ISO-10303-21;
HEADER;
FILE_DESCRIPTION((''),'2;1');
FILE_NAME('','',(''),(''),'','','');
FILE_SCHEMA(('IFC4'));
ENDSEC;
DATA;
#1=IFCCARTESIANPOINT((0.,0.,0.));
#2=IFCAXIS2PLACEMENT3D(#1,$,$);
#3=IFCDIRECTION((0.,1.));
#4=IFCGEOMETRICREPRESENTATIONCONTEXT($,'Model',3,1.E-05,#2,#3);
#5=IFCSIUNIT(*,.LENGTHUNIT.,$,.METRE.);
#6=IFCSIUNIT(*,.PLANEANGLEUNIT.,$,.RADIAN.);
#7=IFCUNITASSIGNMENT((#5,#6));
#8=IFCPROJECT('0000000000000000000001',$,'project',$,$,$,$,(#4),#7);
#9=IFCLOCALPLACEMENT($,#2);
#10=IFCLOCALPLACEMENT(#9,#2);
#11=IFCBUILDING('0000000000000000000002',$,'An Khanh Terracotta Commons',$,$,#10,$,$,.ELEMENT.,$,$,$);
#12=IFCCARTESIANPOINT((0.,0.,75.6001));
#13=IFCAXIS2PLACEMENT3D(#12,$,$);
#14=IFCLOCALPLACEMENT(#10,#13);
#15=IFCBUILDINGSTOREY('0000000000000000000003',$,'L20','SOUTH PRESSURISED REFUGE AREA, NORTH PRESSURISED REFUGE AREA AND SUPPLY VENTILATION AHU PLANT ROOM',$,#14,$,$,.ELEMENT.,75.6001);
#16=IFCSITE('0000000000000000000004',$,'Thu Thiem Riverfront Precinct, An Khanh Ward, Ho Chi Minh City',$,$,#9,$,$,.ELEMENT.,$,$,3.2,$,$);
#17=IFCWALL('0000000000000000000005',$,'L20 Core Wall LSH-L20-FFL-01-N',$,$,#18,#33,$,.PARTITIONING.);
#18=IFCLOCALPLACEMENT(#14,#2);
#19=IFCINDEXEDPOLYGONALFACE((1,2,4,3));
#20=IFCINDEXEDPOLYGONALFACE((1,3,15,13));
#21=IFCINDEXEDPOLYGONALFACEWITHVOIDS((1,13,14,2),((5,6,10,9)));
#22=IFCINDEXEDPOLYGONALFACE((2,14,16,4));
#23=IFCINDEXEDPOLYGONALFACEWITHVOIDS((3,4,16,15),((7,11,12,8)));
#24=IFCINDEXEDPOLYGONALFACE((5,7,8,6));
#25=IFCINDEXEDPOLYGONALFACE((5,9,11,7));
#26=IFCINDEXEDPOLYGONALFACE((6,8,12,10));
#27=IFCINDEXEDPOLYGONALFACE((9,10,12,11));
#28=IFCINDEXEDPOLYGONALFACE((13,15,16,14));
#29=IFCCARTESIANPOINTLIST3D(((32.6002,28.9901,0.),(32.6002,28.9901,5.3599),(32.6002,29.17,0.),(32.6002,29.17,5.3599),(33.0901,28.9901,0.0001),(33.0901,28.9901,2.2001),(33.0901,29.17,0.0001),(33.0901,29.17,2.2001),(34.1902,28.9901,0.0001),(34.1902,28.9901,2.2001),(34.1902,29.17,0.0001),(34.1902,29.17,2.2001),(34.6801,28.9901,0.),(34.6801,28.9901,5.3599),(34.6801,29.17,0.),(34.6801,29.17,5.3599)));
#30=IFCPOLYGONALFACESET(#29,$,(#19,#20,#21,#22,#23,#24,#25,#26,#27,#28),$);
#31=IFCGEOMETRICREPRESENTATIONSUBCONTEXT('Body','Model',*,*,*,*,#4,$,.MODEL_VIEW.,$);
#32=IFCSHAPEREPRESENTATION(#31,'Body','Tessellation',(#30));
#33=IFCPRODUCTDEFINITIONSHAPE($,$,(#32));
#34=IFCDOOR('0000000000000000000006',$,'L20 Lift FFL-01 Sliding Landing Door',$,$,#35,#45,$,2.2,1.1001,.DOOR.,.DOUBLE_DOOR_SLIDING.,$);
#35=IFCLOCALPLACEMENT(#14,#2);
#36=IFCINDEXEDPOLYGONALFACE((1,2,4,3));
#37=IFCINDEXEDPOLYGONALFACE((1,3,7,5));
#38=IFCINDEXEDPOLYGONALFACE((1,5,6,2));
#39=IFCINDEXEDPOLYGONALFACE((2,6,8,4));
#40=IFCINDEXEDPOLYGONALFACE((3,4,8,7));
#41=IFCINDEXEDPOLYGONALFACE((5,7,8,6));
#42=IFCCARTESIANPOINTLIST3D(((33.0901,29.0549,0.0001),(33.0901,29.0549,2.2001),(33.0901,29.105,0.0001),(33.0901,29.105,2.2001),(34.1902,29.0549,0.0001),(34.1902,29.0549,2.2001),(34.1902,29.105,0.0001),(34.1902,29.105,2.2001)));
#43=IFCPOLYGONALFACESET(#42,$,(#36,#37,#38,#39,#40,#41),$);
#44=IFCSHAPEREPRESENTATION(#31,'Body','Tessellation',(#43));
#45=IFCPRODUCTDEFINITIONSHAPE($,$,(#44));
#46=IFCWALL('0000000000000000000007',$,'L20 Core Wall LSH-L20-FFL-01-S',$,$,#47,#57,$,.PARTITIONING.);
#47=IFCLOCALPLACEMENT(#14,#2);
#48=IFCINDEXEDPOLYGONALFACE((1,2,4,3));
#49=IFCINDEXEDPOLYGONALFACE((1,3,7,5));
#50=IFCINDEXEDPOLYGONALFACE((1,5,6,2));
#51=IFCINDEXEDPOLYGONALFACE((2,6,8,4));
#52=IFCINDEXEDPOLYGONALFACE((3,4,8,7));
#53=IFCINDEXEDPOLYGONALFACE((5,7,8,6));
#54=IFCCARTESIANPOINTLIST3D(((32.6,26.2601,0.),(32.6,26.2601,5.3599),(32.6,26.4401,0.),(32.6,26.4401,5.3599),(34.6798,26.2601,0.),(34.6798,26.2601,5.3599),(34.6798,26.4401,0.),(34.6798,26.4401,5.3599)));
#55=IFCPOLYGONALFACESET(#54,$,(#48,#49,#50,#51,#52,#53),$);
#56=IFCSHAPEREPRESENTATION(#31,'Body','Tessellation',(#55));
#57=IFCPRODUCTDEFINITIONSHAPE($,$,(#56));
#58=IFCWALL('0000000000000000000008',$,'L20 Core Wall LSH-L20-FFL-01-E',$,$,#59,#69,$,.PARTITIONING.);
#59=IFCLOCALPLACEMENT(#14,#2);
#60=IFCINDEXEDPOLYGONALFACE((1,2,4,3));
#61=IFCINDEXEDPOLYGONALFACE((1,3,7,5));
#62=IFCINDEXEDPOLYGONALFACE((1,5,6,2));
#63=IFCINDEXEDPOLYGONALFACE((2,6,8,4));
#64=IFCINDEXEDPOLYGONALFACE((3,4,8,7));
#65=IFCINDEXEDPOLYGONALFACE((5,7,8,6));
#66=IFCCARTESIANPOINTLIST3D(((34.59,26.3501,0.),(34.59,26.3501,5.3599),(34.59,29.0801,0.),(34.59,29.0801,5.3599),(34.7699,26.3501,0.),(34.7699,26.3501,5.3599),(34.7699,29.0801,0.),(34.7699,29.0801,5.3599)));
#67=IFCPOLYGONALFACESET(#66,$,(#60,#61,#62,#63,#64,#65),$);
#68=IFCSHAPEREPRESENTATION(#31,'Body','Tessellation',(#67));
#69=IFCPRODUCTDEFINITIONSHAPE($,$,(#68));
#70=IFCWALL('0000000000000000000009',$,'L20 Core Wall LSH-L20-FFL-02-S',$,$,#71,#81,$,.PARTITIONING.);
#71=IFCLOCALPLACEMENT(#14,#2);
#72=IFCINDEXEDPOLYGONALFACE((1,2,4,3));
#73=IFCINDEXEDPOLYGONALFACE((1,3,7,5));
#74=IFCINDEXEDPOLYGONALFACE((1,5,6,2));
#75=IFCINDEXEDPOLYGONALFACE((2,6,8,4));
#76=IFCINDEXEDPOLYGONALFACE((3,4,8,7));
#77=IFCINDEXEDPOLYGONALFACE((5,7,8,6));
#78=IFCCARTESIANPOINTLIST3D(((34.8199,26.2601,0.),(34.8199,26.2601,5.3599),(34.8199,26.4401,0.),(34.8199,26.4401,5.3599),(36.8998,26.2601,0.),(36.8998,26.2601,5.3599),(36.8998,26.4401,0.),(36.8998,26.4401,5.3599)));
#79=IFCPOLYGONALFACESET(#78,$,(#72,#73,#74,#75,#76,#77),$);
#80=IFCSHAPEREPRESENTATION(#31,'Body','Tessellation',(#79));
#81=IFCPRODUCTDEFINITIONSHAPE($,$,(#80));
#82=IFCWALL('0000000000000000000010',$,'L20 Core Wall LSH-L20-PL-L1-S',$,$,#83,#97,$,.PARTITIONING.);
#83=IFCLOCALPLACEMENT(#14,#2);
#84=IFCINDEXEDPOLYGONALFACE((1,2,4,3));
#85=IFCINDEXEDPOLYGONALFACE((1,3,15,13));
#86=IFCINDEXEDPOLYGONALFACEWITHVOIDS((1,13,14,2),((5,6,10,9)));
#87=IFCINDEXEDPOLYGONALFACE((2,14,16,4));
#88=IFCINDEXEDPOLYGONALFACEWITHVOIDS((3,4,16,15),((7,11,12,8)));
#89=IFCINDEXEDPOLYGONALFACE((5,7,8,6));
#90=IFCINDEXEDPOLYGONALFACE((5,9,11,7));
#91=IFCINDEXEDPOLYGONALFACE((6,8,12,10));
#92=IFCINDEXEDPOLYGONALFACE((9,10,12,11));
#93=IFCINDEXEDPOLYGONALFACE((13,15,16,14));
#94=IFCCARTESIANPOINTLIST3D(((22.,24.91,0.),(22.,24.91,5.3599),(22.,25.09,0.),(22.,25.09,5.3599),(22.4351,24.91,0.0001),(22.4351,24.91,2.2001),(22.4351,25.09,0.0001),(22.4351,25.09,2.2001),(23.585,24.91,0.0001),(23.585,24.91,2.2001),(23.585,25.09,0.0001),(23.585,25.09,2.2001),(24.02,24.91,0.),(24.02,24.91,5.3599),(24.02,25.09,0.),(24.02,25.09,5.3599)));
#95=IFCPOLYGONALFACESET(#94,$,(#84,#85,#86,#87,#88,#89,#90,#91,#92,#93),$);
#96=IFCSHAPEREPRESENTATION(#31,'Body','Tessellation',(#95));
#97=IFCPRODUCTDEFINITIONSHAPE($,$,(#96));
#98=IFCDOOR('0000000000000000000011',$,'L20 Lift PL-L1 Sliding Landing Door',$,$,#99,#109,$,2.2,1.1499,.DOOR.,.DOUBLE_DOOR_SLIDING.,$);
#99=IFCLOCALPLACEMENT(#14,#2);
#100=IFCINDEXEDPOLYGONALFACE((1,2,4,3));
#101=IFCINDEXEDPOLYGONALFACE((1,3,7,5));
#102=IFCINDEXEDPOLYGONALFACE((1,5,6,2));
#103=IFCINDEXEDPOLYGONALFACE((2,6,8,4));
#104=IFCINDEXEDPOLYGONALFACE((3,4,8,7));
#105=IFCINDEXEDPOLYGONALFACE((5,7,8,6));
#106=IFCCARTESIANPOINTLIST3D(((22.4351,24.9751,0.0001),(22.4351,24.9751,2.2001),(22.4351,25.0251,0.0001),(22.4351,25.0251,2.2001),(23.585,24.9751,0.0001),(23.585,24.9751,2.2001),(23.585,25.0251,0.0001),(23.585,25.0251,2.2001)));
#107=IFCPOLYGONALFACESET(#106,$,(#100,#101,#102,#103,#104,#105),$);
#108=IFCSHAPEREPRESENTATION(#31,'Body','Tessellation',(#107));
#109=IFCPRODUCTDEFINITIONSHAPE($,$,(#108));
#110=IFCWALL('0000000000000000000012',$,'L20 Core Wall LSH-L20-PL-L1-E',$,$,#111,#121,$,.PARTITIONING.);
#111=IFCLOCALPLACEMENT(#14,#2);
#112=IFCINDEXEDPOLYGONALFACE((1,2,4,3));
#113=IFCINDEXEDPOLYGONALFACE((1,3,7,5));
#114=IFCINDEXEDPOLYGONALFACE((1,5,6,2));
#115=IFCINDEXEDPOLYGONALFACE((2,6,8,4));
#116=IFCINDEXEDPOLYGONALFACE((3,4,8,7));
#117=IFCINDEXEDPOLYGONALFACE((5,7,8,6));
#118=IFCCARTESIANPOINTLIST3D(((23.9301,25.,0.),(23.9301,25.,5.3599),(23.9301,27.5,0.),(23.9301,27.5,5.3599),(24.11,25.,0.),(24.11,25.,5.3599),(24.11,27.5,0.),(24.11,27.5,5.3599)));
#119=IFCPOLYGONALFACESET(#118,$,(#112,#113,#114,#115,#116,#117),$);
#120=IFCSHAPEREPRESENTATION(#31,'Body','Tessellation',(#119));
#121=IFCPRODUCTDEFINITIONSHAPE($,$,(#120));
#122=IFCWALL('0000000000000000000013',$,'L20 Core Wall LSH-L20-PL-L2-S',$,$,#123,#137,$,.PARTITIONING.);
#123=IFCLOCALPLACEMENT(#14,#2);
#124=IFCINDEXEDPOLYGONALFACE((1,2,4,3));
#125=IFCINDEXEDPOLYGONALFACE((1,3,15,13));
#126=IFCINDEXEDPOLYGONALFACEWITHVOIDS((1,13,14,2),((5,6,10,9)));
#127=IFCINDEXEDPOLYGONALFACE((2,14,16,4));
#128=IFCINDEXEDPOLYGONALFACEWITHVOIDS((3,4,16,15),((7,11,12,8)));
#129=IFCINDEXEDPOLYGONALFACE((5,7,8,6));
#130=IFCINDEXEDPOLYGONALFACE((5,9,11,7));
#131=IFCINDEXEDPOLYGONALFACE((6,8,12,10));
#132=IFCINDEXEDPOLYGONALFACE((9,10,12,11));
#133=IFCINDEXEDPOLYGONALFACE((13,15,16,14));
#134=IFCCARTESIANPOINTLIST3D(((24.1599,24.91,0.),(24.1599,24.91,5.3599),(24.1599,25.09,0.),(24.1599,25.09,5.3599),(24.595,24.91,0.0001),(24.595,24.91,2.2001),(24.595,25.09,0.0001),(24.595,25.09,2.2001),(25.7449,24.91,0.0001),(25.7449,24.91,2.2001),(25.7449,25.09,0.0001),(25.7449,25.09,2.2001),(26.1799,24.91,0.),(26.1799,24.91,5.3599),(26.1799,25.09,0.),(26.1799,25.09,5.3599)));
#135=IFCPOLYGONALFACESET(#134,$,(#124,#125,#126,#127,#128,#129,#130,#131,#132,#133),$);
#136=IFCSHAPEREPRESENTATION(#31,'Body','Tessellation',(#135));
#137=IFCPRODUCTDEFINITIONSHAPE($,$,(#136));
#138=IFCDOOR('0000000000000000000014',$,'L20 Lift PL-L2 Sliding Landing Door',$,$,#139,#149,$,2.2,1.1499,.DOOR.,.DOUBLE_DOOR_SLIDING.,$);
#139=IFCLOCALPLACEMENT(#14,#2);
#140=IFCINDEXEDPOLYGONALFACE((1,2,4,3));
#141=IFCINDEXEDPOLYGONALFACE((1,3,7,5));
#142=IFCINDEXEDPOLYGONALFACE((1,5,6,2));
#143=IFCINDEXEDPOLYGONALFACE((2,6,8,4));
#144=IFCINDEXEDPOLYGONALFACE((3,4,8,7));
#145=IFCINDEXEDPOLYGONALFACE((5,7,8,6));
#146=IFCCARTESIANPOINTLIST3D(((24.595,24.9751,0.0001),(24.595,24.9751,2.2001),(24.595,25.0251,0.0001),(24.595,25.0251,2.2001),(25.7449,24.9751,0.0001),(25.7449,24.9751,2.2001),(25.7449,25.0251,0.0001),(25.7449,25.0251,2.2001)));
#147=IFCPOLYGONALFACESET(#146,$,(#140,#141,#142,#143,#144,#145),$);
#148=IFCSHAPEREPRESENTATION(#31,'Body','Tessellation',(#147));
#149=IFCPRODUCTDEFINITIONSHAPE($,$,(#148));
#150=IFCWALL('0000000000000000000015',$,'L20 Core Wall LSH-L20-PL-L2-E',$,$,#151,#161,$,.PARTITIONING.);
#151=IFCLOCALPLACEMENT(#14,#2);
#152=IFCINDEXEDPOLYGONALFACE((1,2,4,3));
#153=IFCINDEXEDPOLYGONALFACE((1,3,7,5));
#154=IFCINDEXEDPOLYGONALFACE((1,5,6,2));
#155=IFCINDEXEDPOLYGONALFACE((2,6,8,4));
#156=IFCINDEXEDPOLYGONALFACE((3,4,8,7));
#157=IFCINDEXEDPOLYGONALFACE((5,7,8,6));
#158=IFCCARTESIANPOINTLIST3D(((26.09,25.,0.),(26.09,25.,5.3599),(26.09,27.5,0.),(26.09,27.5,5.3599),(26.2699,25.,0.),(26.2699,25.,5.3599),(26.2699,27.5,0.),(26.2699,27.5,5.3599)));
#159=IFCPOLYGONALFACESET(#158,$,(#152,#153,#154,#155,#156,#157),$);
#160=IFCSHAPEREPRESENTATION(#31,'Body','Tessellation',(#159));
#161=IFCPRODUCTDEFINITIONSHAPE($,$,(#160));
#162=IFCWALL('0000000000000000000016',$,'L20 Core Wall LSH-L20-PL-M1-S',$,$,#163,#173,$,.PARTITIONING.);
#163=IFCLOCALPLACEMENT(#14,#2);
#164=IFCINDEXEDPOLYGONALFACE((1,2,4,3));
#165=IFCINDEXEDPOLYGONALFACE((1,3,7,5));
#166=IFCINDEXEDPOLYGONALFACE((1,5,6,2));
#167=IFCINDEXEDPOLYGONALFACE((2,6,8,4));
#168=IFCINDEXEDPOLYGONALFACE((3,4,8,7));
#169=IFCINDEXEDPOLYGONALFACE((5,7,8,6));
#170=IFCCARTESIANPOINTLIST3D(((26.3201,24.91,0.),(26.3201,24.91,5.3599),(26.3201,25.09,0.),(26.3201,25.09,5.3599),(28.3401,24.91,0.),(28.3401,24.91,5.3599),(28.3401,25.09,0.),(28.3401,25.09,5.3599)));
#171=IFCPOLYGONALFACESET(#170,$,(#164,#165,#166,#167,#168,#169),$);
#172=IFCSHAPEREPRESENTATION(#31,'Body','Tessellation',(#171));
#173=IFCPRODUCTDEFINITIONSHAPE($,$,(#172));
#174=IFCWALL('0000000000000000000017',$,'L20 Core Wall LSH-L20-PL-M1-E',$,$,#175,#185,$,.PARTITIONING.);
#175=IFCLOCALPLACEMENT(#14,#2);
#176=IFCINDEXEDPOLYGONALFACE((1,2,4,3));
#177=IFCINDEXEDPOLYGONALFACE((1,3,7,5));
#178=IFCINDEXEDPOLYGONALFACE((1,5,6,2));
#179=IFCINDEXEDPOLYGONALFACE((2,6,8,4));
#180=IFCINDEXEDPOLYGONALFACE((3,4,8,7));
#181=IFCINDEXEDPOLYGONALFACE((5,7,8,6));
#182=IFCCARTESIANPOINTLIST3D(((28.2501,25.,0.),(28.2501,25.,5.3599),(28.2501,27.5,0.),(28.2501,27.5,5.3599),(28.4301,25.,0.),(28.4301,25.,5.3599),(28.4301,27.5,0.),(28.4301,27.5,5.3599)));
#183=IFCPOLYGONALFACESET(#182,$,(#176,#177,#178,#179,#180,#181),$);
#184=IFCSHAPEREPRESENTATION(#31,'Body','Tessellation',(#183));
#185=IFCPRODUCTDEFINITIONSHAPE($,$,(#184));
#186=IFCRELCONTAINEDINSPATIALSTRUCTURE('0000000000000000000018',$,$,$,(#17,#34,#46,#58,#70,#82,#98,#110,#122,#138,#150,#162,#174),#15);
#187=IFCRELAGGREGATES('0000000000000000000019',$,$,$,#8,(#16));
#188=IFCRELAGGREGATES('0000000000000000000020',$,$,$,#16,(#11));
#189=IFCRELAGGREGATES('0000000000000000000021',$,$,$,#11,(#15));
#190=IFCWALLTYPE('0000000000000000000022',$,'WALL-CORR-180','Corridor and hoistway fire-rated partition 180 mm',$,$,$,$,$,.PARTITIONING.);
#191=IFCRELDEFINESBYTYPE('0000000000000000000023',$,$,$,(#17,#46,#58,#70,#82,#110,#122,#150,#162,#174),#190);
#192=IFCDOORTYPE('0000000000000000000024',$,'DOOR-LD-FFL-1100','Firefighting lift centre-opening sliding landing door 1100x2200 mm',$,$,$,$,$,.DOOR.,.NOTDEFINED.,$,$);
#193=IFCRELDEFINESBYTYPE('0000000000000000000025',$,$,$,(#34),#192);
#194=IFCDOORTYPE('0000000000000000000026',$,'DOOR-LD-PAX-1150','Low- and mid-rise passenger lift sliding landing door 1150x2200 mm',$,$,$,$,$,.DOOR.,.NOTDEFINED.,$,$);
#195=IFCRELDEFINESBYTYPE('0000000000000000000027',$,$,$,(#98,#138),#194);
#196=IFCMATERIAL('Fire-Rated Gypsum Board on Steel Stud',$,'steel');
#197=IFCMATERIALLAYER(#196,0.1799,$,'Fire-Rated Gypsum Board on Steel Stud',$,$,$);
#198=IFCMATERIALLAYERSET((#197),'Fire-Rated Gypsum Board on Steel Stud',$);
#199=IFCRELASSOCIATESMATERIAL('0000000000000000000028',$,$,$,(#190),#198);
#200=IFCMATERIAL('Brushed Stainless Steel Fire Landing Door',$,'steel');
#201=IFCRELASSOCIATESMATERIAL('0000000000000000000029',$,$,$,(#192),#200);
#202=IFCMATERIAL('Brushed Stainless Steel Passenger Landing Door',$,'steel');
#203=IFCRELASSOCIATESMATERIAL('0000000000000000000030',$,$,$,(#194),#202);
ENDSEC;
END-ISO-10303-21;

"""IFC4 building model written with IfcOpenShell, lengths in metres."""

from ifc_helpers import new_model, si_unit, direction, frame, frame_2d, origin, place, context, subcontext, project, spatial, rectangle, extrude, material, layer, layer_set, type_object, element, fill, save


model = new_model("IFC4")

# Units and contexts
model_context = context("Model", 3, precision=1e-05, world=origin(), true_north=direction((0.0, 1.0)))
body_context = subcontext(model_context, "Body", "Model", "MODEL_VIEW")
ifc_project = project(units=[si_unit("LENGTHUNIT", "METRE"), si_unit("PLANEANGLEUNIT", "RADIAN")], contexts=[model_context])

# Site, building, storey
site_placement = place(None, origin())
site = spatial("IfcSite", under=ifc_project, at=site_placement, Name="Thu Thiem Riverfront Precinct, An Khanh Ward, Ho Chi Minh City", CompositionType="ELEMENT", RefElevation=3.2)
building_placement = place(site_placement, origin())
building = spatial("IfcBuilding", under=site, at=building_placement, Name="An Khanh Terracotta Commons", CompositionType="ELEMENT")
storey_placement = place(building_placement, frame((0.0, 0.0, 75.6001)))
storey = spatial("IfcBuildingStorey", under=building, at=storey_placement, Name="L20", Description="SOUTH PRESSURISED REFUGE AREA, NORTH PRESSURISED REFUGE AREA AND SUPPLY VENTILATION AHU PLANT ROOM", CompositionType="ELEMENT", Elevation=75.6001)

# Wall, opening, door
ifc_material_1 = material(Name="Fire-Rated Gypsum Board on Steel Stud", Category="steel")
ifc_layer_1 = layer(ifc_material_1, 0.1799, Name="Fire-Rated Gypsum Board on Steel Stud")
ifc_layer_set_1 = layer_set([ifc_layer_1], Name="Fire-Rated Gypsum Board on Steel Stud")
wall_type_1 = type_object("IfcWallType", Name="WALL-CORR-180", Description="Corridor and hoistway fire-rated partition 180 mm", PredefinedType="PARTITIONING", material=ifc_layer_set_1)
wall_1_placement = place(storey_placement, frame((32.6001, 29.0801, 0.0), z_axis=(0.0, 0.0, 1.0), x_axis=(1.0, 0.0, 0.0)))
wall_1 = element("IfcWall", 1, at=wall_1_placement, inside=storey, type_object=wall_type_1, Name="L20 Core Wall LSH-L20-FFL-01-N", PredefinedType="PARTITIONING", context=body_context, shape_type="SweptSolid", body=[
    extrude(rectangle(XDim=2.0798, YDim=0.1799, at=frame_2d((1.04, 0.0))), origin(), (0.0, 0.0, 1.0), 5.3599),
])
opening_1_placement = place(wall_1_placement, frame((0.49, 0.0, 0.0)))
opening_1 = element("IfcOpeningElement", 2, at=opening_1_placement, cuts=wall_1, PredefinedType="OPENING", context=body_context, shape_type="SweptSolid", body=[
    extrude(rectangle(XDim=1.1001, YDim=2.2, at=frame_2d((0.55, 1.1001))), frame((0.0, 0.0999, 0.0), z_axis=(0.0, -1.0, 0.0), x_axis=(1.0, 0.0, 0.0)), (0.0, 0.0, 1.0), 0.2),
])
ifc_material_2 = material(Name="Brushed Stainless Steel Fire Landing Door", Category="steel")
door_type_1 = type_object("IfcDoorType", Name="DOOR-LD-FFL-1100", Description="Firefighting lift centre-opening sliding landing door 1100x2200 mm", OperationType="NOTDEFINED", PredefinedType="DOOR", material=ifc_material_2)
door_1_placement = place(opening_1_placement, origin())
door_1 = element("IfcDoor", 3, at=door_1_placement, inside=storey, type_object=door_type_1, Name="L20 Lift FFL-01 Sliding Landing Door", OperationType="DOUBLE_DOOR_SLIDING", OverallHeight=2.2, OverallWidth=1.1001, PredefinedType="DOOR", context=body_context, shape_type="SweptSolid", body=[
    extrude(rectangle(XDim=1.1001, YDim=2.2, at=frame_2d((0.55, 1.1001))), frame((0.0, 0.0249, 0.0), z_axis=(0.0, -1.0, 0.0), x_axis=(1.0, 0.0, 0.0)), (0.0, 0.0, 1.0), 0.05),
])
fill(opening_1, door_1)

# Walls
wall_2_placement = place(storey_placement, frame((34.6799, 26.3501, 0.0), z_axis=(0.0, 0.0, 1.0), x_axis=(-1.0, 0.0, 0.0)))
element("IfcWall", 4, at=wall_2_placement, inside=storey, type_object=wall_type_1, Name="L20 Core Wall LSH-L20-FFL-01-S", PredefinedType="PARTITIONING", context=body_context, shape_type="SweptSolid", body=[
    extrude(rectangle(XDim=2.0798, YDim=0.1799, at=frame_2d((1.04, 0.0))), origin(), (0.0, 0.0, 1.0), 5.3599),
])
wall_3_placement = place(storey_placement, frame((34.6799, 26.3501, 0.0), z_axis=(0.0, 0.0, 1.0), x_axis=(0.0, 1.0, 0.0)))
element("IfcWall", 5, at=wall_3_placement, inside=storey, type_object=wall_type_1, Name="L20 Core Wall LSH-L20-FFL-01-E", PredefinedType="PARTITIONING", context=body_context, shape_type="SweptSolid", body=[
    extrude(rectangle(XDim=2.73, YDim=0.1799, at=frame_2d((1.365, 0.0))), origin(), (0.0, 0.0, 1.0), 5.3599),
])
wall_4_placement = place(storey_placement, frame((36.8999, 26.3501, 0.0), z_axis=(0.0, 0.0, 1.0), x_axis=(-1.0, 0.0, 0.0)))
element("IfcWall", 6, at=wall_4_placement, inside=storey, type_object=wall_type_1, Name="L20 Core Wall LSH-L20-FFL-02-S", PredefinedType="PARTITIONING", context=body_context, shape_type="SweptSolid", body=[
    extrude(rectangle(XDim=2.0798, YDim=0.1799, at=frame_2d((1.04, 0.0))), origin(), (0.0, 0.0, 1.0), 5.3599),
])

# Wall, opening, door
wall_5_placement = place(storey_placement, frame((24.02, 25.0, 0.0), z_axis=(0.0, 0.0, 1.0), x_axis=(-1.0, 0.0, 0.0)))
wall_5 = element("IfcWall", 7, at=wall_5_placement, inside=storey, type_object=wall_type_1, Name="L20 Core Wall LSH-L20-PL-L1-S", PredefinedType="PARTITIONING", context=body_context, shape_type="SweptSolid", body=[
    extrude(rectangle(XDim=2.02, YDim=0.1799, at=frame_2d((1.01, 0.0))), origin(), (0.0, 0.0, 1.0), 5.3599),
])
opening_2_placement = place(wall_5_placement, frame((0.4351, 0.0, 0.0)))
opening_2 = element("IfcOpeningElement", 8, at=opening_2_placement, cuts=wall_5, PredefinedType="OPENING", context=body_context, shape_type="SweptSolid", body=[
    extrude(rectangle(XDim=1.1499, YDim=2.2, at=frame_2d((0.575, 1.1001))), frame((0.0, 0.0999, 0.0), z_axis=(0.0, -1.0, 0.0), x_axis=(1.0, 0.0, 0.0)), (0.0, 0.0, 1.0), 0.2),
])
ifc_material_3 = material(Name="Brushed Stainless Steel Passenger Landing Door", Category="steel")
door_type_2 = type_object("IfcDoorType", Name="DOOR-LD-PAX-1150", Description="Low- and mid-rise passenger lift sliding landing door 1150x2200 mm", OperationType="NOTDEFINED", PredefinedType="DOOR", material=ifc_material_3)
door_2_placement = place(opening_2_placement, origin())
door_2 = element("IfcDoor", 9, at=door_2_placement, inside=storey, type_object=door_type_2, Name="L20 Lift PL-L1 Sliding Landing Door", OperationType="DOUBLE_DOOR_SLIDING", OverallHeight=2.2, OverallWidth=1.1499, PredefinedType="DOOR", context=body_context, shape_type="SweptSolid", body=[
    extrude(rectangle(XDim=1.1499, YDim=2.2, at=frame_2d((0.575, 1.1001))), frame((0.0, 0.0249, 0.0), z_axis=(0.0, -1.0, 0.0), x_axis=(1.0, 0.0, 0.0)), (0.0, 0.0, 1.0), 0.05),
])
fill(opening_2, door_2)

# Wall
wall_6_placement = place(storey_placement, frame((24.02, 25.0, 0.0), z_axis=(0.0, 0.0, 1.0), x_axis=(0.0, 1.0, 0.0)))
element("IfcWall", 10, at=wall_6_placement, inside=storey, type_object=wall_type_1, Name="L20 Core Wall LSH-L20-PL-L1-E", PredefinedType="PARTITIONING", context=body_context, shape_type="SweptSolid", body=[
    extrude(rectangle(XDim=2.5, YDim=0.1799, at=frame_2d((1.25, 0.0))), origin(), (0.0, 0.0, 1.0), 5.3599),
])

# Wall, opening, door
wall_7_placement = place(storey_placement, frame((26.1799, 25.0, 0.0), z_axis=(0.0, 0.0, 1.0), x_axis=(-1.0, 0.0, 0.0)))
wall_7 = element("IfcWall", 11, at=wall_7_placement, inside=storey, type_object=wall_type_1, Name="L20 Core Wall LSH-L20-PL-L2-S", PredefinedType="PARTITIONING", context=body_context, shape_type="SweptSolid", body=[
    extrude(rectangle(XDim=2.02, YDim=0.1799, at=frame_2d((1.01, 0.0))), origin(), (0.0, 0.0, 1.0), 5.3599),
])
opening_3_placement = place(wall_7_placement, frame((0.4351, 0.0, 0.0)))
opening_3 = element("IfcOpeningElement", 12, at=opening_3_placement, cuts=wall_7, PredefinedType="OPENING", context=body_context, shape_type="SweptSolid", body=[
    extrude(rectangle(XDim=1.1499, YDim=2.2, at=frame_2d((0.575, 1.1001))), frame((0.0, 0.0999, 0.0), z_axis=(0.0, -1.0, 0.0), x_axis=(1.0, 0.0, 0.0)), (0.0, 0.0, 1.0), 0.2),
])
door_3_placement = place(opening_3_placement, origin())
door_3 = element("IfcDoor", 13, at=door_3_placement, inside=storey, type_object=door_type_2, Name="L20 Lift PL-L2 Sliding Landing Door", OperationType="DOUBLE_DOOR_SLIDING", OverallHeight=2.2, OverallWidth=1.1499, PredefinedType="DOOR", context=body_context, shape_type="SweptSolid", body=[
    extrude(rectangle(XDim=1.1499, YDim=2.2, at=frame_2d((0.575, 1.1001))), frame((0.0, 0.0249, 0.0), z_axis=(0.0, -1.0, 0.0), x_axis=(1.0, 0.0, 0.0)), (0.0, 0.0, 1.0), 0.05),
])
fill(opening_3, door_3)

# Walls
wall_8_placement = place(storey_placement, frame((26.1799, 25.0, 0.0), z_axis=(0.0, 0.0, 1.0), x_axis=(0.0, 1.0, 0.0)))
element("IfcWall", 14, at=wall_8_placement, inside=storey, type_object=wall_type_1, Name="L20 Core Wall LSH-L20-PL-L2-E", PredefinedType="PARTITIONING", context=body_context, shape_type="SweptSolid", body=[
    extrude(rectangle(XDim=2.5, YDim=0.1799, at=frame_2d((1.25, 0.0))), origin(), (0.0, 0.0, 1.0), 5.3599),
])
wall_9_placement = place(storey_placement, frame((28.3401, 25.0, 0.0), z_axis=(0.0, 0.0, 1.0), x_axis=(-1.0, 0.0, 0.0)))
element("IfcWall", 15, at=wall_9_placement, inside=storey, type_object=wall_type_1, Name="L20 Core Wall LSH-L20-PL-M1-S", PredefinedType="PARTITIONING", context=body_context, shape_type="SweptSolid", body=[
    extrude(rectangle(XDim=2.02, YDim=0.1799, at=frame_2d((1.01, 0.0))), origin(), (0.0, 0.0, 1.0), 5.3599),
])
wall_10_placement = place(storey_placement, frame((28.3401, 25.0, 0.0), z_axis=(0.0, 0.0, 1.0), x_axis=(0.0, 1.0, 0.0)))
element("IfcWall", 16, at=wall_10_placement, inside=storey, type_object=wall_type_1, Name="L20 Core Wall LSH-L20-PL-M1-E", PredefinedType="PARTITIONING", context=body_context, shape_type="SweptSolid", body=[
    extrude(rectangle(XDim=2.5, YDim=0.1799, at=frame_2d((1.25, 0.0))), origin(), (0.0, 0.0, 1.0), 5.3599),
])

save(model, "model.ifc")
